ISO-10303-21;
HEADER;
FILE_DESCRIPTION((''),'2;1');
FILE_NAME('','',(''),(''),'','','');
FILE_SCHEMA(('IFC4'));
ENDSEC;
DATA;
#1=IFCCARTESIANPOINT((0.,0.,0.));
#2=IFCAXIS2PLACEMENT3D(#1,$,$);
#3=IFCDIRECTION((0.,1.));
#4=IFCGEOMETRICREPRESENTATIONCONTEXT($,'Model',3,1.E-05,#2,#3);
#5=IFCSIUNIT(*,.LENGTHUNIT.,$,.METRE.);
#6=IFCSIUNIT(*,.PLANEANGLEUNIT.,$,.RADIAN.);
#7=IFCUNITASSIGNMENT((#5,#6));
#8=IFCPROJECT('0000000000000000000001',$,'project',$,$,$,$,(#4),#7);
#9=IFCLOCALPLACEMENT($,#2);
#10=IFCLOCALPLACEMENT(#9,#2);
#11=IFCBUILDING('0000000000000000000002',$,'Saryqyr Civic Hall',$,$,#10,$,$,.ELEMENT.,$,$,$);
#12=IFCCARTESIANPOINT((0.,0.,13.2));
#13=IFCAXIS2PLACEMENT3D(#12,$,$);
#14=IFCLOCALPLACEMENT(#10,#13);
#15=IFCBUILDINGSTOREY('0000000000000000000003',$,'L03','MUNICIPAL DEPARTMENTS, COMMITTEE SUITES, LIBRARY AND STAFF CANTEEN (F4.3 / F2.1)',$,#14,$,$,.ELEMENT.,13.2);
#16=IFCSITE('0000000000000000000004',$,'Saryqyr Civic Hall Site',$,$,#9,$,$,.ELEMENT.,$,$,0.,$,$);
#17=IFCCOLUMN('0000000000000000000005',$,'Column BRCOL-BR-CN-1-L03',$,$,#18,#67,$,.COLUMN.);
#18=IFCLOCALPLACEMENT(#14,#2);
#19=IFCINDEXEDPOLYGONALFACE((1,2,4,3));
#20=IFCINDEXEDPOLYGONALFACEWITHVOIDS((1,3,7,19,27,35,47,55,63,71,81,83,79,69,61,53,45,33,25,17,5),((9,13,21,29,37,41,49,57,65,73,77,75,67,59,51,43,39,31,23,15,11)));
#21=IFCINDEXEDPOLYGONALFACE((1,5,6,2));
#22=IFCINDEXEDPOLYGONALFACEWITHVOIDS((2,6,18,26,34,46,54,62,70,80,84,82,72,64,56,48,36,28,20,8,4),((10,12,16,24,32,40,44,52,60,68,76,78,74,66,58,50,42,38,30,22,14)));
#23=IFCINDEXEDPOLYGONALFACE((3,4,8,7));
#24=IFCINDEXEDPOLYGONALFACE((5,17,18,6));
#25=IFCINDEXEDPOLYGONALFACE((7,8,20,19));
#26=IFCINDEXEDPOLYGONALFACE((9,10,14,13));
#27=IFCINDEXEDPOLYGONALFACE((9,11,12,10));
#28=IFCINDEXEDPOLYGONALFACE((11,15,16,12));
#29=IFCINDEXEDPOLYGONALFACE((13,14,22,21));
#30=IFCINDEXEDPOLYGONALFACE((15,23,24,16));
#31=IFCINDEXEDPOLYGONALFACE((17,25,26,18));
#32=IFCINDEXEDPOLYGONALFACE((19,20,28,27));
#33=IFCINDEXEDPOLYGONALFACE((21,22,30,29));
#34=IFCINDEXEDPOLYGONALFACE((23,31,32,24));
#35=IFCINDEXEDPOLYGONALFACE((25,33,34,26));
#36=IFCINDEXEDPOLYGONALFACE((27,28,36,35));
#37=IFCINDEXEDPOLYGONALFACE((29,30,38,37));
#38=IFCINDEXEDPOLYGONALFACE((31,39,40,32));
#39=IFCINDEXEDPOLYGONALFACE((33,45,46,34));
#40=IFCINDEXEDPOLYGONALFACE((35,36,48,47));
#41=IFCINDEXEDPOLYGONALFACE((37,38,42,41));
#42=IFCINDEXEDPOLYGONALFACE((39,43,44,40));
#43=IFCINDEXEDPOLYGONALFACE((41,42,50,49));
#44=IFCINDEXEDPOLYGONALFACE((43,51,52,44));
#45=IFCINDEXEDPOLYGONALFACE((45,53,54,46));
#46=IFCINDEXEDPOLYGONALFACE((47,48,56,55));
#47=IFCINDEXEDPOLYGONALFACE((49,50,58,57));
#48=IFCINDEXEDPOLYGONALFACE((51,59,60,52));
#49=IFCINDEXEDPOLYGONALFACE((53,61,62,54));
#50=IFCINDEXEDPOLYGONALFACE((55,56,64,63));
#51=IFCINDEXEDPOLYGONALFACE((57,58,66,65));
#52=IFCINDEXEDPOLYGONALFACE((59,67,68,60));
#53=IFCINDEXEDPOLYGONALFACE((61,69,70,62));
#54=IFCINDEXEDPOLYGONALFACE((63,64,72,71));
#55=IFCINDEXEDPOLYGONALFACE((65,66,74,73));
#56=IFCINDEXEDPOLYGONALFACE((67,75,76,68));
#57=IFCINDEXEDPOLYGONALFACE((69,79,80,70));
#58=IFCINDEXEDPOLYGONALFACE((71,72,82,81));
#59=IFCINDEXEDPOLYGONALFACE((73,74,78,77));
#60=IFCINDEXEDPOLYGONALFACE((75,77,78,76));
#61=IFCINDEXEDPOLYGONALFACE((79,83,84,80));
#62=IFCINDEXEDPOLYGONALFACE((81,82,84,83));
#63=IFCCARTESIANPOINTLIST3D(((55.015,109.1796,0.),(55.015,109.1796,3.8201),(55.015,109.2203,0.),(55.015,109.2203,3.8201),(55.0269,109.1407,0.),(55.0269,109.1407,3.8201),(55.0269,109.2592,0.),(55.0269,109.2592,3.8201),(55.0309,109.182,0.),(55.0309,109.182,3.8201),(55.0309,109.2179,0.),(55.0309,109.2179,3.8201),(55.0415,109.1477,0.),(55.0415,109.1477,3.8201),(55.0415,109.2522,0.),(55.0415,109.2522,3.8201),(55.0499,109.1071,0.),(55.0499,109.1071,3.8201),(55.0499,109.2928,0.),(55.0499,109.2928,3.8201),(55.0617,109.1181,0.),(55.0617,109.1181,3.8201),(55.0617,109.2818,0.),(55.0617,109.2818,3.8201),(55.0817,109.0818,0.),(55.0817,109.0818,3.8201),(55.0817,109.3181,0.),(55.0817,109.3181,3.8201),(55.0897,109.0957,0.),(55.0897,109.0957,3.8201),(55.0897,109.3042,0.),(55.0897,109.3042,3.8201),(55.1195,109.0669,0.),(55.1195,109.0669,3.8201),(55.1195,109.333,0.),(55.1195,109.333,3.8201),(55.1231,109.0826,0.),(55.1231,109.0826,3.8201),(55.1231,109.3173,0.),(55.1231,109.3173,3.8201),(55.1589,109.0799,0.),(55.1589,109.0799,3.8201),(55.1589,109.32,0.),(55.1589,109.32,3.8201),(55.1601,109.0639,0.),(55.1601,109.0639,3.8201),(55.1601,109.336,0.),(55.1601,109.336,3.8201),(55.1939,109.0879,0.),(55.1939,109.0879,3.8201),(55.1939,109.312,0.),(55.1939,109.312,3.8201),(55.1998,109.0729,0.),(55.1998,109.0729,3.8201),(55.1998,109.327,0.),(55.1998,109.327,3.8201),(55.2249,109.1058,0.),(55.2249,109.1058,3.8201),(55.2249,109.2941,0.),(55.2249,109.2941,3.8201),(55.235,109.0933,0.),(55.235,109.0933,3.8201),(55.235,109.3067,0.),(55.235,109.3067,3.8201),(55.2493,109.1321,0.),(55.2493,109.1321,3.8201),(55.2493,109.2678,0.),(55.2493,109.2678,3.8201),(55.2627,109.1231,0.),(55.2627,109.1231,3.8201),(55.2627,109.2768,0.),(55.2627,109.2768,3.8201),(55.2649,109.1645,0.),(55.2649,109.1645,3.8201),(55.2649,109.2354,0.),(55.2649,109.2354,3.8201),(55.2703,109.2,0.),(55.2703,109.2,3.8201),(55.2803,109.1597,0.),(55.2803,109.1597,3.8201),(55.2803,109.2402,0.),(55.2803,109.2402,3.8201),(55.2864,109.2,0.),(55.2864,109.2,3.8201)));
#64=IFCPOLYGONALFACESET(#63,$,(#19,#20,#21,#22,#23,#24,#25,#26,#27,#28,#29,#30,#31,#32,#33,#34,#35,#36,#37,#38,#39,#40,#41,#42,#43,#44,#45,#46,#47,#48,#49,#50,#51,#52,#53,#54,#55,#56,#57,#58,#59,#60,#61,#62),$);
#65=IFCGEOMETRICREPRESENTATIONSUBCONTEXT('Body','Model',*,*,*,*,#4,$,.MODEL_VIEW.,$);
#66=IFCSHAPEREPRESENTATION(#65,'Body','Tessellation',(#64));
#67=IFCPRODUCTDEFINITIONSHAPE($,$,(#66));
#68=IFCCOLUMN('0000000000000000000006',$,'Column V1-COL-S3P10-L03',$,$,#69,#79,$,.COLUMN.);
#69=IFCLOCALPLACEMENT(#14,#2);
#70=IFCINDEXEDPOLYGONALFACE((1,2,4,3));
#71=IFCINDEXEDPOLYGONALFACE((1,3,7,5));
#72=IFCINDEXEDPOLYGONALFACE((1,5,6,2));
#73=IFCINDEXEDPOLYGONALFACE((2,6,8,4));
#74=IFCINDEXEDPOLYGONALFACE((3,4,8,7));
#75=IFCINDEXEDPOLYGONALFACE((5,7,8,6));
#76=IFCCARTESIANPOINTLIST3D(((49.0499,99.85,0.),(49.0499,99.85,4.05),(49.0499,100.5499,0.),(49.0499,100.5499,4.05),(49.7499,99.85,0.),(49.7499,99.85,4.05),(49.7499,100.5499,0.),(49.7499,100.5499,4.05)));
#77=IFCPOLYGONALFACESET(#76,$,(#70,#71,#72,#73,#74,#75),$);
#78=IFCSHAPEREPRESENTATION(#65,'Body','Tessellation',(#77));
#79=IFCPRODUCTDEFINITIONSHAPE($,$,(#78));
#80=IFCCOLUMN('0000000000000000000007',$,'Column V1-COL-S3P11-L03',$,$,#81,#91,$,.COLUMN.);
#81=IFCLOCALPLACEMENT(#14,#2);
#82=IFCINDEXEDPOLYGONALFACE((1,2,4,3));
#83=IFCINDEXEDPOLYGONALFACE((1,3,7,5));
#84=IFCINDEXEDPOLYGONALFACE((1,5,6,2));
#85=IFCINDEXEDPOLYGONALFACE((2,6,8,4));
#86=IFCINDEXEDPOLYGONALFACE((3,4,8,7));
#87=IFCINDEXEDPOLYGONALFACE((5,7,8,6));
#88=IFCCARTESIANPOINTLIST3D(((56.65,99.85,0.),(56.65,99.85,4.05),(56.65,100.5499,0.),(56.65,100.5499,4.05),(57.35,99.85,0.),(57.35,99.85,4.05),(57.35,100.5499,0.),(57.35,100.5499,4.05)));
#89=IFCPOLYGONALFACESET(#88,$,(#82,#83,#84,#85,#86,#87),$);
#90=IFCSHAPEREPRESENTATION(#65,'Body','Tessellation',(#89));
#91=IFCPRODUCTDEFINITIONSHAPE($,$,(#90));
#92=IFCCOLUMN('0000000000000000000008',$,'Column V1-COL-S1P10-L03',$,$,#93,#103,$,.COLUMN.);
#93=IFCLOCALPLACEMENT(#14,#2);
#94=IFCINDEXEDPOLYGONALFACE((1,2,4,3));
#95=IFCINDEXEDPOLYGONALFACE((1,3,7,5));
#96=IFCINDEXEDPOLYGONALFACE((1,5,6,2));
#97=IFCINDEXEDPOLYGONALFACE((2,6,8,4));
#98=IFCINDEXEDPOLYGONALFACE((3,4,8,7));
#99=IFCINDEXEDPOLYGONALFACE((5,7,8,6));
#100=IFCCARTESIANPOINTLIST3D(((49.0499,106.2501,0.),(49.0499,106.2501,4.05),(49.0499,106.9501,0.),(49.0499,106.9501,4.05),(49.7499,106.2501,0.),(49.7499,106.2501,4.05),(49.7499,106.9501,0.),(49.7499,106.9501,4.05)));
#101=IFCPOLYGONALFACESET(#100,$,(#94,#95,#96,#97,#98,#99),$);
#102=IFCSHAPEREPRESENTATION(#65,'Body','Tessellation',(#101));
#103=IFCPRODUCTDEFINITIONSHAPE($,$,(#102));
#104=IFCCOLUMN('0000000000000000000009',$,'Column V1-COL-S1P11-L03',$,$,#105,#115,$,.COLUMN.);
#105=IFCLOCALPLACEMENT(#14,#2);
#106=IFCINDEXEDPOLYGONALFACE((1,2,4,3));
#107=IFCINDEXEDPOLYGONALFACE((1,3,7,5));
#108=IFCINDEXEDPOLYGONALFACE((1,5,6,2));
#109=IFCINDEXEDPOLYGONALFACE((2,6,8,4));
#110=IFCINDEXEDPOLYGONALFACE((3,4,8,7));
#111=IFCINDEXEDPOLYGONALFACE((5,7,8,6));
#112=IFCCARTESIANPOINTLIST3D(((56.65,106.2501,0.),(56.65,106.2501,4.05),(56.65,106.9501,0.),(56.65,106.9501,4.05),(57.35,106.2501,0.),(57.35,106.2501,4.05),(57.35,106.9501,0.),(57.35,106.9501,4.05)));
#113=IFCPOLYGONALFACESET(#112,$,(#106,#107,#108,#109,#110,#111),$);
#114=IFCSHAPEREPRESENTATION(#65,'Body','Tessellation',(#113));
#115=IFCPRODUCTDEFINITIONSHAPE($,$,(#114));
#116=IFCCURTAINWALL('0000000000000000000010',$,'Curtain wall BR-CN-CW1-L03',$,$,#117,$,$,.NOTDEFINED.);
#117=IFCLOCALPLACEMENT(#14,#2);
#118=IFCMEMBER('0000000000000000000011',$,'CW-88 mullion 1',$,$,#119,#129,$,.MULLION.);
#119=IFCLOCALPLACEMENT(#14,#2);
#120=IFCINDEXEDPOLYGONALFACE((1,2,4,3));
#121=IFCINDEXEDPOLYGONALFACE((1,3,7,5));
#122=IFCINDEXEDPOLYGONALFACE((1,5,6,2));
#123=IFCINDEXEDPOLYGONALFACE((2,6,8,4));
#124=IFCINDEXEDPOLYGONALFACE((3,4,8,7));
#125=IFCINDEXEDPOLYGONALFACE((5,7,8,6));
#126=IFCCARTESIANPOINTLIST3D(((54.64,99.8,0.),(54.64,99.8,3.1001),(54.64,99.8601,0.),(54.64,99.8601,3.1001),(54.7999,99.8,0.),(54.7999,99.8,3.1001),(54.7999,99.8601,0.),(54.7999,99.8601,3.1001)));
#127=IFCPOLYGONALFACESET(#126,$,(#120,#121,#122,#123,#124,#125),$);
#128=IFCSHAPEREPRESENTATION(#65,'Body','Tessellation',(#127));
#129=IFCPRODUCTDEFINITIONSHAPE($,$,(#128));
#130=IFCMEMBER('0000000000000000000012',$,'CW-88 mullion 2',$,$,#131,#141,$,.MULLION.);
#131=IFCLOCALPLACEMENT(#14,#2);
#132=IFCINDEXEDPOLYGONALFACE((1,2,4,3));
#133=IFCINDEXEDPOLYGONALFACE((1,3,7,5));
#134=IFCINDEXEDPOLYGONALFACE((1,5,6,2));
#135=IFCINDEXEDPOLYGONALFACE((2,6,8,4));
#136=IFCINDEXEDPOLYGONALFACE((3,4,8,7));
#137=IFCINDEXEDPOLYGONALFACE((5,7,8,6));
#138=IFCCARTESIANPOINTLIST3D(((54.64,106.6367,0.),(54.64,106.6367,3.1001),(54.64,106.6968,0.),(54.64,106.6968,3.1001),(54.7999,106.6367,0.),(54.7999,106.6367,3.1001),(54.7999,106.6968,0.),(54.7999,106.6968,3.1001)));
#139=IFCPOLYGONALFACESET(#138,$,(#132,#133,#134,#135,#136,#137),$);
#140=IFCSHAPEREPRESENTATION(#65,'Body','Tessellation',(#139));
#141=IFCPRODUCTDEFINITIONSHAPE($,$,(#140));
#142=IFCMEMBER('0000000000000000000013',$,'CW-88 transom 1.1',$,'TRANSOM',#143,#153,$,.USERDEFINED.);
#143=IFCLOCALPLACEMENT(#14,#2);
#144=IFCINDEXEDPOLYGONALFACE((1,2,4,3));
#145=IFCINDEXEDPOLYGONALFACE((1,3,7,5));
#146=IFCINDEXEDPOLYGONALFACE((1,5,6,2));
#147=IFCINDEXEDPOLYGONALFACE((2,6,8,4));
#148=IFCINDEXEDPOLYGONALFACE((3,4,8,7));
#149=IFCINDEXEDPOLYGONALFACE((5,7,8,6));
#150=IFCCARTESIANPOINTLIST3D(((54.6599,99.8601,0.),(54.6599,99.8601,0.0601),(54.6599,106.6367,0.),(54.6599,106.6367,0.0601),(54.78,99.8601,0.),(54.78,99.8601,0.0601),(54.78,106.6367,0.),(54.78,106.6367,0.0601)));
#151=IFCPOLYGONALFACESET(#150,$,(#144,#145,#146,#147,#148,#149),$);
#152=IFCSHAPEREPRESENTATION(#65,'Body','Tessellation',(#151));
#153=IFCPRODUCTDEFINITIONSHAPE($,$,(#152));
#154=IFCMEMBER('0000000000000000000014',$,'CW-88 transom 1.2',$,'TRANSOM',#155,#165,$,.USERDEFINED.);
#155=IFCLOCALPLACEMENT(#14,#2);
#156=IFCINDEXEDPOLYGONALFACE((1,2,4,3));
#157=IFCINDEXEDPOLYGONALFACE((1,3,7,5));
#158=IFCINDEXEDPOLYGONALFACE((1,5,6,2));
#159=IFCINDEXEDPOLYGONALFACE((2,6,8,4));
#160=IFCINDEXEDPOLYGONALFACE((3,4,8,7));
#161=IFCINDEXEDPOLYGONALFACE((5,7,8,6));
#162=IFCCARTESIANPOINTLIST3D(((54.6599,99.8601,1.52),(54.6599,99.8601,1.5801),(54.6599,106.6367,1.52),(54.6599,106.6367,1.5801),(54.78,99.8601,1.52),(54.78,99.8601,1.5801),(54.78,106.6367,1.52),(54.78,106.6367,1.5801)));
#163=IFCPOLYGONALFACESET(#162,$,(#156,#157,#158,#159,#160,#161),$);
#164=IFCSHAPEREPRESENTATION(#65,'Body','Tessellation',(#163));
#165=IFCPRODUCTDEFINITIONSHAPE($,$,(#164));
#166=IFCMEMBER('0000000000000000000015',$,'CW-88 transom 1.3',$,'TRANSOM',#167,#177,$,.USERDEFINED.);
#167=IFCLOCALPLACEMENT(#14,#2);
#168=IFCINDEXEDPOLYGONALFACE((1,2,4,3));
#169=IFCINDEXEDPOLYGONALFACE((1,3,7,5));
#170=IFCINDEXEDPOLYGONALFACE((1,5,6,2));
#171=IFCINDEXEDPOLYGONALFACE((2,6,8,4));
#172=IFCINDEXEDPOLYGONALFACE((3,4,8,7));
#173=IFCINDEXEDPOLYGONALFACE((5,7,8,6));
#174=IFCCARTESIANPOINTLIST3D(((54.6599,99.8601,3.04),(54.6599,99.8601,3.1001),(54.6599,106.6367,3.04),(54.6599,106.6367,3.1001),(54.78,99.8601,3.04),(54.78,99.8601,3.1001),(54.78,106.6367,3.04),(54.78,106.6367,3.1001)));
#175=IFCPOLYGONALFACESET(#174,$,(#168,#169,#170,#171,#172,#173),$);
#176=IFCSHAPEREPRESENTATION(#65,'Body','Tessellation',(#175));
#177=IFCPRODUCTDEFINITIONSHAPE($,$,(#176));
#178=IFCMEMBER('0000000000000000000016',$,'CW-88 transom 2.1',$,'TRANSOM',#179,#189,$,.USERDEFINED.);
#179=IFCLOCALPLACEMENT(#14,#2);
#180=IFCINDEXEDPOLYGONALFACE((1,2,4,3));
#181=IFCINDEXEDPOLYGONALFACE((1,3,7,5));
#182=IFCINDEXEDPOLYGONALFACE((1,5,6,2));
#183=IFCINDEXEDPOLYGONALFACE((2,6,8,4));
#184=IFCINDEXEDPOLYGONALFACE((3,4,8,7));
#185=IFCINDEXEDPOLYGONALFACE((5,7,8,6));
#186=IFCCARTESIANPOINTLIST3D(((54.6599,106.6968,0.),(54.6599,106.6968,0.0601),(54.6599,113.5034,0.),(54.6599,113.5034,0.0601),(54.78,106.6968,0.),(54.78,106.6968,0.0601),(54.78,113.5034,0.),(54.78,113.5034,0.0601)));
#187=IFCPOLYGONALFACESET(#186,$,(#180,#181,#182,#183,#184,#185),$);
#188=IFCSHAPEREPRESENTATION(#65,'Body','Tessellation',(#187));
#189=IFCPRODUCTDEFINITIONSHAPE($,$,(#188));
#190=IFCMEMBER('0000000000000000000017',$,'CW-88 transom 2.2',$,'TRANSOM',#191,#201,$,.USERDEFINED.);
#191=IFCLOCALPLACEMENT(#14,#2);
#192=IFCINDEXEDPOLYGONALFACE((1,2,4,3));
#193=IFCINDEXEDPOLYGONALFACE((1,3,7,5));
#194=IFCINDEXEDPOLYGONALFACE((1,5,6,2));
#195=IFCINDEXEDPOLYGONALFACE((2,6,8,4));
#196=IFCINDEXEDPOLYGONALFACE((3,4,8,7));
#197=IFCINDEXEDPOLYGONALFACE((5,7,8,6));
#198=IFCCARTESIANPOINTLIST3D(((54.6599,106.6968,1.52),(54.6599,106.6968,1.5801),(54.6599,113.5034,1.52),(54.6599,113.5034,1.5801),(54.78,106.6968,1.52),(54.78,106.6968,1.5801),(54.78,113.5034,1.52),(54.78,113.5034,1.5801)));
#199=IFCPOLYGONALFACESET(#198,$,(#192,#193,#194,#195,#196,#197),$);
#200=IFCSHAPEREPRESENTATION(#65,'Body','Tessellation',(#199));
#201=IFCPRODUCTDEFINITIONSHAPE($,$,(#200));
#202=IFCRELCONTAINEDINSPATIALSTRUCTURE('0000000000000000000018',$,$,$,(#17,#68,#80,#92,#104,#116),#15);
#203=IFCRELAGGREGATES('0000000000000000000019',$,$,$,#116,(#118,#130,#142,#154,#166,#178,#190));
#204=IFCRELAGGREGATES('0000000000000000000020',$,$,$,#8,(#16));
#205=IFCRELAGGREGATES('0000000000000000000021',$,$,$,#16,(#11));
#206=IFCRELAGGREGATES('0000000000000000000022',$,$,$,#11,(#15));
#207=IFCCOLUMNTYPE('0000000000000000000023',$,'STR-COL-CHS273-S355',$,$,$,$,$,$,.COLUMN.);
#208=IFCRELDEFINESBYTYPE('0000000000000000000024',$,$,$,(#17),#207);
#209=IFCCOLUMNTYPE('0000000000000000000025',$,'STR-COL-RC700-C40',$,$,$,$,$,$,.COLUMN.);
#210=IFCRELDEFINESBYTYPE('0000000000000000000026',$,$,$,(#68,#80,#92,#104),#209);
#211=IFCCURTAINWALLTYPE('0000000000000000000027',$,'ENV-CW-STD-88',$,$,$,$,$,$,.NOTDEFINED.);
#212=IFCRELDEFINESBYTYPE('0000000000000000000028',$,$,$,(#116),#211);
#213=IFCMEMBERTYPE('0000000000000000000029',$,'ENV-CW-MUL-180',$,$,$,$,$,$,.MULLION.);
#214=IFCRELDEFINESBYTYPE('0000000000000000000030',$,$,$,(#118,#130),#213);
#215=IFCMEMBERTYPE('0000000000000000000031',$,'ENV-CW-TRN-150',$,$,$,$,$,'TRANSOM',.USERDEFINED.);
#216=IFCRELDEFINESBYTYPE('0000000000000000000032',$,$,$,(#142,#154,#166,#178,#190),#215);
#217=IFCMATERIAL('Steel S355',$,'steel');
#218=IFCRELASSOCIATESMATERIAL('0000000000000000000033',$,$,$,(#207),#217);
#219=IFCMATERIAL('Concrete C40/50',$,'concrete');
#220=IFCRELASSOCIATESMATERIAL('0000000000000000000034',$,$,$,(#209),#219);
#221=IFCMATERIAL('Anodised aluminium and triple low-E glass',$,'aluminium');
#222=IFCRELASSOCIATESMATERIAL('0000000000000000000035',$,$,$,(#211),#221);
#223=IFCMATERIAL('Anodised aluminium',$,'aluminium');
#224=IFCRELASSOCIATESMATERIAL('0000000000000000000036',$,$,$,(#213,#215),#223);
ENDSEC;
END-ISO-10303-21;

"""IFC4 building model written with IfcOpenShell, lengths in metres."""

from ifc_helpers import new_model, si_unit, direction, frame, origin, origin_2d, place, context, subcontext, project, spatial, rectangle, hollow_circle, extrude, material, material_profile, profile_set, type_object, element, aggregate, save


model = new_model("IFC4")

# Units and contexts
model_context = context("Model", 3, precision=1e-05, world=origin(), true_north=direction((0.0, 1.0)))
body_context = subcontext(model_context, "Body", "Model", "MODEL_VIEW")
ifc_project = project(units=[si_unit("LENGTHUNIT", "METRE"), si_unit("PLANEANGLEUNIT", "RADIAN")], contexts=[model_context])

# Site, building, storey
site_placement = place(None, origin())
site = spatial("IfcSite", under=ifc_project, at=site_placement, Name="Saryqyr Civic Hall Site", CompositionType="ELEMENT", RefElevation=0.0)
building_placement = place(site_placement, origin())
building = spatial("IfcBuilding", under=site, at=building_placement, Name="Saryqyr Civic Hall", CompositionType="ELEMENT")
storey_placement = place(building_placement, frame((0.0, 0.0, 13.2)))
storey = spatial("IfcBuildingStorey", under=building, at=storey_placement, Name="L03", Description="MUNICIPAL DEPARTMENTS, COMMITTEE SUITES, LIBRARY AND STAFF CANTEEN (F4.3 / F2.1)", CompositionType="ELEMENT", Elevation=13.2)

# Columns
ifc_material_1 = material(Name="Steel S355", Category="steel")
ifc_material_profile_1 = material_profile(ifc_material_1, hollow_circle(Radius=0.1365, WallThickness=0.0161, at=origin_2d()), Name="CHS 273x16")
ifc_profile_set_1 = profile_set([ifc_material_profile_1], Name="Steel S355")
column_type_1 = type_object("IfcColumnType", Name="STR-COL-CHS273-S355", PredefinedType="COLUMN", material=ifc_profile_set_1)
column_placement = place(storey_placement, frame((55.1499, 109.2, 0.0), z_axis=(0.0, 0.0, 1.0), x_axis=(1.0, 0.0, 0.0)))
element("IfcColumn", 1, at=column_placement, inside=storey, type_object=column_type_1, Name="Column BRCOL-BR-CN-1-L03", PredefinedType="COLUMN", context=body_context, shape_type="SweptSolid", body=[
    extrude(hollow_circle(Radius=0.1365, WallThickness=0.0161, at=origin_2d()), origin(), (0.0, 0.0, 1.0), 3.8201),
])
ifc_material_2 = material(Name="Concrete C40/50", Category="concrete")
ifc_material_profile_2 = material_profile(ifc_material_2, rectangle(XDim=0.7, YDim=0.7, at=origin_2d()), Name="RC 700x700")
ifc_profile_set_2 = profile_set([ifc_material_profile_2], Name="Concrete C40/50")
column_type_2 = type_object("IfcColumnType", Name="STR-COL-RC700-C40", PredefinedType="COLUMN", material=ifc_profile_set_2)
for number, where, z_axis, x_axis, name in (
    (2, (49.3999, 100.2, 0.0), (0.0, 0.0, 1.0), (1.0, 0.0, 0.0), "Column V1-COL-S3P10-L03"),
    (3, (57.0, 100.2, 0.0), (0.0, 0.0, 1.0), (1.0, 0.0, 0.0), "Column V1-COL-S3P11-L03"),
    (4, (49.3999, 106.6001, 0.0), (0.0, 0.0, 1.0), (1.0, 0.0, 0.0), "Column V1-COL-S1P10-L03"),
    (5, (57.0, 106.6001, 0.0), (0.0, 0.0, 1.0), (1.0, 0.0, 0.0), "Column V1-COL-S1P11-L03"),
):
    element("IfcColumn", number, at=place(storey_placement, frame(where, z_axis=z_axis, x_axis=x_axis)), inside=storey, type_object=column_type_2, Name=name, PredefinedType="COLUMN", context=body_context, shape_type="SweptSolid", body=[
        extrude(rectangle(XDim=0.7, YDim=0.7, at=origin_2d()), origin(), (0.0, 0.0, 1.0), 4.05),
    ])

# Curtain wall, members
ifc_material_3 = material(Name="Anodised aluminium and triple low-E glass", Category="aluminium")
curtain_wall_type = type_object("IfcCurtainWallType", Name="ENV-CW-STD-88", PredefinedType="NOTDEFINED", material=ifc_material_3)
curtain_wall_placement = place(storey_placement, origin())
curtain_wall = element("IfcCurtainWall", 6, at=curtain_wall_placement, inside=storey, type_object=curtain_wall_type, Name="Curtain wall BR-CN-CW1-L03", PredefinedType="NOTDEFINED")
ifc_material_4 = material(Name="Anodised aluminium", Category="aluminium")
ifc_material_profile_3 = material_profile(ifc_material_4, rectangle(XDim=0.0601, YDim=0.1599, at=origin_2d()), Name="ALU MULLION 60x160")
ifc_profile_set_3 = profile_set([ifc_material_profile_3], Name="Anodised aluminium")
member_type_1 = type_object("IfcMemberType", Name="ENV-CW-MUL-180", PredefinedType="MULLION", material=ifc_profile_set_3)
member_1_placement = place(storey_placement, frame((54.72, 99.8301, 0.0), z_axis=(0.0, 0.0, 1.0), x_axis=(0.0, 1.0, 0.0)))
member_1 = element("IfcMember", 7, at=member_1_placement, type_object=member_type_1, Name="CW-88 mullion 1", PredefinedType="MULLION", context=body_context, shape_type="SweptSolid", body=[
    extrude(rectangle(XDim=0.0601, YDim=0.1599, at=origin_2d()), origin(), (0.0, 0.0, 1.0), 3.1001),
])
member_2_placement = place(storey_placement, frame((54.72, 106.6667, 0.0), z_axis=(0.0, 0.0, 1.0), x_axis=(0.0, 1.0, 0.0)))
member_2 = element("IfcMember", 8, at=member_2_placement, type_object=member_type_1, Name="CW-88 mullion 2", PredefinedType="MULLION", context=body_context, shape_type="SweptSolid", body=[
    extrude(rectangle(XDim=0.0601, YDim=0.1599, at=origin_2d()), origin(), (0.0, 0.0, 1.0), 3.1001),
])
ifc_material_profile_4 = material_profile(ifc_material_4, rectangle(XDim=0.1201, YDim=0.0601, at=origin_2d()), Name="ALU TRANSOM 120x60")
ifc_profile_set_4 = profile_set([ifc_material_profile_4], Name="Anodised aluminium")
member_type_2 = type_object("IfcMemberType", Name="ENV-CW-TRN-150", ElementType="TRANSOM", PredefinedType="USERDEFINED", material=ifc_profile_set_4)
member_3_placement = place(storey_placement, frame((54.72, 99.8601, 0.03), z_axis=(0.0, 1.0, 0.0), x_axis=(-1.0, 0.0, 0.0)))
member_3 = element("IfcMember", 9, at=member_3_placement, type_object=member_type_2, Name="CW-88 transom 1.1", ObjectType="TRANSOM", PredefinedType="USERDEFINED", context=body_context, shape_type="SweptSolid", body=[
    extrude(rectangle(XDim=0.1201, YDim=0.0601, at=origin_2d()), origin(), (0.0, 0.0, 1.0), 6.7766),
])
member_4_placement = place(storey_placement, frame((54.72, 99.8601, 1.55), z_axis=(0.0, 1.0, 0.0), x_axis=(-1.0, 0.0, 0.0)))
member_4 = element("IfcMember", 10, at=member_4_placement, type_object=member_type_2, Name="CW-88 transom 1.2", ObjectType="TRANSOM", PredefinedType="USERDEFINED", context=body_context, shape_type="SweptSolid", body=[
    extrude(rectangle(XDim=0.1201, YDim=0.0601, at=origin_2d()), origin(), (0.0, 0.0, 1.0), 6.7766),
])
member_5_placement = place(storey_placement, frame((54.72, 99.8601, 3.0701), z_axis=(0.0, 1.0, 0.0), x_axis=(-1.0, 0.0, 0.0)))
member_5 = element("IfcMember", 11, at=member_5_placement, type_object=member_type_2, Name="CW-88 transom 1.3", ObjectType="TRANSOM", PredefinedType="USERDEFINED", context=body_context, shape_type="SweptSolid", body=[
    extrude(rectangle(XDim=0.1201, YDim=0.0601, at=origin_2d()), origin(), (0.0, 0.0, 1.0), 6.7766),
])
member_6_placement = place(storey_placement, frame((54.72, 106.6968, 0.03), z_axis=(0.0, 1.0, 0.0), x_axis=(-1.0, 0.0, 0.0)))
member_6 = element("IfcMember", 12, at=member_6_placement, type_object=member_type_2, Name="CW-88 transom 2.1", ObjectType="TRANSOM", PredefinedType="USERDEFINED", context=body_context, shape_type="SweptSolid", body=[
    extrude(rectangle(XDim=0.1201, YDim=0.0601, at=origin_2d()), origin(), (0.0, 0.0, 1.0), 6.8066),
])
member_7_placement = place(storey_placement, frame((54.72, 106.6968, 1.55), z_axis=(0.0, 1.0, 0.0), x_axis=(-1.0, 0.0, 0.0)))
member_7 = element("IfcMember", 13, at=member_7_placement, type_object=member_type_2, Name="CW-88 transom 2.2", ObjectType="TRANSOM", PredefinedType="USERDEFINED", context=body_context, shape_type="SweptSolid", body=[
    extrude(rectangle(XDim=0.1201, YDim=0.0601, at=origin_2d()), origin(), (0.0, 0.0, 1.0), 6.8066),
])

aggregate(curtain_wall, [member_1, member_2, member_3, member_4, member_5, member_6, member_7])

save(model, "model.ifc")
